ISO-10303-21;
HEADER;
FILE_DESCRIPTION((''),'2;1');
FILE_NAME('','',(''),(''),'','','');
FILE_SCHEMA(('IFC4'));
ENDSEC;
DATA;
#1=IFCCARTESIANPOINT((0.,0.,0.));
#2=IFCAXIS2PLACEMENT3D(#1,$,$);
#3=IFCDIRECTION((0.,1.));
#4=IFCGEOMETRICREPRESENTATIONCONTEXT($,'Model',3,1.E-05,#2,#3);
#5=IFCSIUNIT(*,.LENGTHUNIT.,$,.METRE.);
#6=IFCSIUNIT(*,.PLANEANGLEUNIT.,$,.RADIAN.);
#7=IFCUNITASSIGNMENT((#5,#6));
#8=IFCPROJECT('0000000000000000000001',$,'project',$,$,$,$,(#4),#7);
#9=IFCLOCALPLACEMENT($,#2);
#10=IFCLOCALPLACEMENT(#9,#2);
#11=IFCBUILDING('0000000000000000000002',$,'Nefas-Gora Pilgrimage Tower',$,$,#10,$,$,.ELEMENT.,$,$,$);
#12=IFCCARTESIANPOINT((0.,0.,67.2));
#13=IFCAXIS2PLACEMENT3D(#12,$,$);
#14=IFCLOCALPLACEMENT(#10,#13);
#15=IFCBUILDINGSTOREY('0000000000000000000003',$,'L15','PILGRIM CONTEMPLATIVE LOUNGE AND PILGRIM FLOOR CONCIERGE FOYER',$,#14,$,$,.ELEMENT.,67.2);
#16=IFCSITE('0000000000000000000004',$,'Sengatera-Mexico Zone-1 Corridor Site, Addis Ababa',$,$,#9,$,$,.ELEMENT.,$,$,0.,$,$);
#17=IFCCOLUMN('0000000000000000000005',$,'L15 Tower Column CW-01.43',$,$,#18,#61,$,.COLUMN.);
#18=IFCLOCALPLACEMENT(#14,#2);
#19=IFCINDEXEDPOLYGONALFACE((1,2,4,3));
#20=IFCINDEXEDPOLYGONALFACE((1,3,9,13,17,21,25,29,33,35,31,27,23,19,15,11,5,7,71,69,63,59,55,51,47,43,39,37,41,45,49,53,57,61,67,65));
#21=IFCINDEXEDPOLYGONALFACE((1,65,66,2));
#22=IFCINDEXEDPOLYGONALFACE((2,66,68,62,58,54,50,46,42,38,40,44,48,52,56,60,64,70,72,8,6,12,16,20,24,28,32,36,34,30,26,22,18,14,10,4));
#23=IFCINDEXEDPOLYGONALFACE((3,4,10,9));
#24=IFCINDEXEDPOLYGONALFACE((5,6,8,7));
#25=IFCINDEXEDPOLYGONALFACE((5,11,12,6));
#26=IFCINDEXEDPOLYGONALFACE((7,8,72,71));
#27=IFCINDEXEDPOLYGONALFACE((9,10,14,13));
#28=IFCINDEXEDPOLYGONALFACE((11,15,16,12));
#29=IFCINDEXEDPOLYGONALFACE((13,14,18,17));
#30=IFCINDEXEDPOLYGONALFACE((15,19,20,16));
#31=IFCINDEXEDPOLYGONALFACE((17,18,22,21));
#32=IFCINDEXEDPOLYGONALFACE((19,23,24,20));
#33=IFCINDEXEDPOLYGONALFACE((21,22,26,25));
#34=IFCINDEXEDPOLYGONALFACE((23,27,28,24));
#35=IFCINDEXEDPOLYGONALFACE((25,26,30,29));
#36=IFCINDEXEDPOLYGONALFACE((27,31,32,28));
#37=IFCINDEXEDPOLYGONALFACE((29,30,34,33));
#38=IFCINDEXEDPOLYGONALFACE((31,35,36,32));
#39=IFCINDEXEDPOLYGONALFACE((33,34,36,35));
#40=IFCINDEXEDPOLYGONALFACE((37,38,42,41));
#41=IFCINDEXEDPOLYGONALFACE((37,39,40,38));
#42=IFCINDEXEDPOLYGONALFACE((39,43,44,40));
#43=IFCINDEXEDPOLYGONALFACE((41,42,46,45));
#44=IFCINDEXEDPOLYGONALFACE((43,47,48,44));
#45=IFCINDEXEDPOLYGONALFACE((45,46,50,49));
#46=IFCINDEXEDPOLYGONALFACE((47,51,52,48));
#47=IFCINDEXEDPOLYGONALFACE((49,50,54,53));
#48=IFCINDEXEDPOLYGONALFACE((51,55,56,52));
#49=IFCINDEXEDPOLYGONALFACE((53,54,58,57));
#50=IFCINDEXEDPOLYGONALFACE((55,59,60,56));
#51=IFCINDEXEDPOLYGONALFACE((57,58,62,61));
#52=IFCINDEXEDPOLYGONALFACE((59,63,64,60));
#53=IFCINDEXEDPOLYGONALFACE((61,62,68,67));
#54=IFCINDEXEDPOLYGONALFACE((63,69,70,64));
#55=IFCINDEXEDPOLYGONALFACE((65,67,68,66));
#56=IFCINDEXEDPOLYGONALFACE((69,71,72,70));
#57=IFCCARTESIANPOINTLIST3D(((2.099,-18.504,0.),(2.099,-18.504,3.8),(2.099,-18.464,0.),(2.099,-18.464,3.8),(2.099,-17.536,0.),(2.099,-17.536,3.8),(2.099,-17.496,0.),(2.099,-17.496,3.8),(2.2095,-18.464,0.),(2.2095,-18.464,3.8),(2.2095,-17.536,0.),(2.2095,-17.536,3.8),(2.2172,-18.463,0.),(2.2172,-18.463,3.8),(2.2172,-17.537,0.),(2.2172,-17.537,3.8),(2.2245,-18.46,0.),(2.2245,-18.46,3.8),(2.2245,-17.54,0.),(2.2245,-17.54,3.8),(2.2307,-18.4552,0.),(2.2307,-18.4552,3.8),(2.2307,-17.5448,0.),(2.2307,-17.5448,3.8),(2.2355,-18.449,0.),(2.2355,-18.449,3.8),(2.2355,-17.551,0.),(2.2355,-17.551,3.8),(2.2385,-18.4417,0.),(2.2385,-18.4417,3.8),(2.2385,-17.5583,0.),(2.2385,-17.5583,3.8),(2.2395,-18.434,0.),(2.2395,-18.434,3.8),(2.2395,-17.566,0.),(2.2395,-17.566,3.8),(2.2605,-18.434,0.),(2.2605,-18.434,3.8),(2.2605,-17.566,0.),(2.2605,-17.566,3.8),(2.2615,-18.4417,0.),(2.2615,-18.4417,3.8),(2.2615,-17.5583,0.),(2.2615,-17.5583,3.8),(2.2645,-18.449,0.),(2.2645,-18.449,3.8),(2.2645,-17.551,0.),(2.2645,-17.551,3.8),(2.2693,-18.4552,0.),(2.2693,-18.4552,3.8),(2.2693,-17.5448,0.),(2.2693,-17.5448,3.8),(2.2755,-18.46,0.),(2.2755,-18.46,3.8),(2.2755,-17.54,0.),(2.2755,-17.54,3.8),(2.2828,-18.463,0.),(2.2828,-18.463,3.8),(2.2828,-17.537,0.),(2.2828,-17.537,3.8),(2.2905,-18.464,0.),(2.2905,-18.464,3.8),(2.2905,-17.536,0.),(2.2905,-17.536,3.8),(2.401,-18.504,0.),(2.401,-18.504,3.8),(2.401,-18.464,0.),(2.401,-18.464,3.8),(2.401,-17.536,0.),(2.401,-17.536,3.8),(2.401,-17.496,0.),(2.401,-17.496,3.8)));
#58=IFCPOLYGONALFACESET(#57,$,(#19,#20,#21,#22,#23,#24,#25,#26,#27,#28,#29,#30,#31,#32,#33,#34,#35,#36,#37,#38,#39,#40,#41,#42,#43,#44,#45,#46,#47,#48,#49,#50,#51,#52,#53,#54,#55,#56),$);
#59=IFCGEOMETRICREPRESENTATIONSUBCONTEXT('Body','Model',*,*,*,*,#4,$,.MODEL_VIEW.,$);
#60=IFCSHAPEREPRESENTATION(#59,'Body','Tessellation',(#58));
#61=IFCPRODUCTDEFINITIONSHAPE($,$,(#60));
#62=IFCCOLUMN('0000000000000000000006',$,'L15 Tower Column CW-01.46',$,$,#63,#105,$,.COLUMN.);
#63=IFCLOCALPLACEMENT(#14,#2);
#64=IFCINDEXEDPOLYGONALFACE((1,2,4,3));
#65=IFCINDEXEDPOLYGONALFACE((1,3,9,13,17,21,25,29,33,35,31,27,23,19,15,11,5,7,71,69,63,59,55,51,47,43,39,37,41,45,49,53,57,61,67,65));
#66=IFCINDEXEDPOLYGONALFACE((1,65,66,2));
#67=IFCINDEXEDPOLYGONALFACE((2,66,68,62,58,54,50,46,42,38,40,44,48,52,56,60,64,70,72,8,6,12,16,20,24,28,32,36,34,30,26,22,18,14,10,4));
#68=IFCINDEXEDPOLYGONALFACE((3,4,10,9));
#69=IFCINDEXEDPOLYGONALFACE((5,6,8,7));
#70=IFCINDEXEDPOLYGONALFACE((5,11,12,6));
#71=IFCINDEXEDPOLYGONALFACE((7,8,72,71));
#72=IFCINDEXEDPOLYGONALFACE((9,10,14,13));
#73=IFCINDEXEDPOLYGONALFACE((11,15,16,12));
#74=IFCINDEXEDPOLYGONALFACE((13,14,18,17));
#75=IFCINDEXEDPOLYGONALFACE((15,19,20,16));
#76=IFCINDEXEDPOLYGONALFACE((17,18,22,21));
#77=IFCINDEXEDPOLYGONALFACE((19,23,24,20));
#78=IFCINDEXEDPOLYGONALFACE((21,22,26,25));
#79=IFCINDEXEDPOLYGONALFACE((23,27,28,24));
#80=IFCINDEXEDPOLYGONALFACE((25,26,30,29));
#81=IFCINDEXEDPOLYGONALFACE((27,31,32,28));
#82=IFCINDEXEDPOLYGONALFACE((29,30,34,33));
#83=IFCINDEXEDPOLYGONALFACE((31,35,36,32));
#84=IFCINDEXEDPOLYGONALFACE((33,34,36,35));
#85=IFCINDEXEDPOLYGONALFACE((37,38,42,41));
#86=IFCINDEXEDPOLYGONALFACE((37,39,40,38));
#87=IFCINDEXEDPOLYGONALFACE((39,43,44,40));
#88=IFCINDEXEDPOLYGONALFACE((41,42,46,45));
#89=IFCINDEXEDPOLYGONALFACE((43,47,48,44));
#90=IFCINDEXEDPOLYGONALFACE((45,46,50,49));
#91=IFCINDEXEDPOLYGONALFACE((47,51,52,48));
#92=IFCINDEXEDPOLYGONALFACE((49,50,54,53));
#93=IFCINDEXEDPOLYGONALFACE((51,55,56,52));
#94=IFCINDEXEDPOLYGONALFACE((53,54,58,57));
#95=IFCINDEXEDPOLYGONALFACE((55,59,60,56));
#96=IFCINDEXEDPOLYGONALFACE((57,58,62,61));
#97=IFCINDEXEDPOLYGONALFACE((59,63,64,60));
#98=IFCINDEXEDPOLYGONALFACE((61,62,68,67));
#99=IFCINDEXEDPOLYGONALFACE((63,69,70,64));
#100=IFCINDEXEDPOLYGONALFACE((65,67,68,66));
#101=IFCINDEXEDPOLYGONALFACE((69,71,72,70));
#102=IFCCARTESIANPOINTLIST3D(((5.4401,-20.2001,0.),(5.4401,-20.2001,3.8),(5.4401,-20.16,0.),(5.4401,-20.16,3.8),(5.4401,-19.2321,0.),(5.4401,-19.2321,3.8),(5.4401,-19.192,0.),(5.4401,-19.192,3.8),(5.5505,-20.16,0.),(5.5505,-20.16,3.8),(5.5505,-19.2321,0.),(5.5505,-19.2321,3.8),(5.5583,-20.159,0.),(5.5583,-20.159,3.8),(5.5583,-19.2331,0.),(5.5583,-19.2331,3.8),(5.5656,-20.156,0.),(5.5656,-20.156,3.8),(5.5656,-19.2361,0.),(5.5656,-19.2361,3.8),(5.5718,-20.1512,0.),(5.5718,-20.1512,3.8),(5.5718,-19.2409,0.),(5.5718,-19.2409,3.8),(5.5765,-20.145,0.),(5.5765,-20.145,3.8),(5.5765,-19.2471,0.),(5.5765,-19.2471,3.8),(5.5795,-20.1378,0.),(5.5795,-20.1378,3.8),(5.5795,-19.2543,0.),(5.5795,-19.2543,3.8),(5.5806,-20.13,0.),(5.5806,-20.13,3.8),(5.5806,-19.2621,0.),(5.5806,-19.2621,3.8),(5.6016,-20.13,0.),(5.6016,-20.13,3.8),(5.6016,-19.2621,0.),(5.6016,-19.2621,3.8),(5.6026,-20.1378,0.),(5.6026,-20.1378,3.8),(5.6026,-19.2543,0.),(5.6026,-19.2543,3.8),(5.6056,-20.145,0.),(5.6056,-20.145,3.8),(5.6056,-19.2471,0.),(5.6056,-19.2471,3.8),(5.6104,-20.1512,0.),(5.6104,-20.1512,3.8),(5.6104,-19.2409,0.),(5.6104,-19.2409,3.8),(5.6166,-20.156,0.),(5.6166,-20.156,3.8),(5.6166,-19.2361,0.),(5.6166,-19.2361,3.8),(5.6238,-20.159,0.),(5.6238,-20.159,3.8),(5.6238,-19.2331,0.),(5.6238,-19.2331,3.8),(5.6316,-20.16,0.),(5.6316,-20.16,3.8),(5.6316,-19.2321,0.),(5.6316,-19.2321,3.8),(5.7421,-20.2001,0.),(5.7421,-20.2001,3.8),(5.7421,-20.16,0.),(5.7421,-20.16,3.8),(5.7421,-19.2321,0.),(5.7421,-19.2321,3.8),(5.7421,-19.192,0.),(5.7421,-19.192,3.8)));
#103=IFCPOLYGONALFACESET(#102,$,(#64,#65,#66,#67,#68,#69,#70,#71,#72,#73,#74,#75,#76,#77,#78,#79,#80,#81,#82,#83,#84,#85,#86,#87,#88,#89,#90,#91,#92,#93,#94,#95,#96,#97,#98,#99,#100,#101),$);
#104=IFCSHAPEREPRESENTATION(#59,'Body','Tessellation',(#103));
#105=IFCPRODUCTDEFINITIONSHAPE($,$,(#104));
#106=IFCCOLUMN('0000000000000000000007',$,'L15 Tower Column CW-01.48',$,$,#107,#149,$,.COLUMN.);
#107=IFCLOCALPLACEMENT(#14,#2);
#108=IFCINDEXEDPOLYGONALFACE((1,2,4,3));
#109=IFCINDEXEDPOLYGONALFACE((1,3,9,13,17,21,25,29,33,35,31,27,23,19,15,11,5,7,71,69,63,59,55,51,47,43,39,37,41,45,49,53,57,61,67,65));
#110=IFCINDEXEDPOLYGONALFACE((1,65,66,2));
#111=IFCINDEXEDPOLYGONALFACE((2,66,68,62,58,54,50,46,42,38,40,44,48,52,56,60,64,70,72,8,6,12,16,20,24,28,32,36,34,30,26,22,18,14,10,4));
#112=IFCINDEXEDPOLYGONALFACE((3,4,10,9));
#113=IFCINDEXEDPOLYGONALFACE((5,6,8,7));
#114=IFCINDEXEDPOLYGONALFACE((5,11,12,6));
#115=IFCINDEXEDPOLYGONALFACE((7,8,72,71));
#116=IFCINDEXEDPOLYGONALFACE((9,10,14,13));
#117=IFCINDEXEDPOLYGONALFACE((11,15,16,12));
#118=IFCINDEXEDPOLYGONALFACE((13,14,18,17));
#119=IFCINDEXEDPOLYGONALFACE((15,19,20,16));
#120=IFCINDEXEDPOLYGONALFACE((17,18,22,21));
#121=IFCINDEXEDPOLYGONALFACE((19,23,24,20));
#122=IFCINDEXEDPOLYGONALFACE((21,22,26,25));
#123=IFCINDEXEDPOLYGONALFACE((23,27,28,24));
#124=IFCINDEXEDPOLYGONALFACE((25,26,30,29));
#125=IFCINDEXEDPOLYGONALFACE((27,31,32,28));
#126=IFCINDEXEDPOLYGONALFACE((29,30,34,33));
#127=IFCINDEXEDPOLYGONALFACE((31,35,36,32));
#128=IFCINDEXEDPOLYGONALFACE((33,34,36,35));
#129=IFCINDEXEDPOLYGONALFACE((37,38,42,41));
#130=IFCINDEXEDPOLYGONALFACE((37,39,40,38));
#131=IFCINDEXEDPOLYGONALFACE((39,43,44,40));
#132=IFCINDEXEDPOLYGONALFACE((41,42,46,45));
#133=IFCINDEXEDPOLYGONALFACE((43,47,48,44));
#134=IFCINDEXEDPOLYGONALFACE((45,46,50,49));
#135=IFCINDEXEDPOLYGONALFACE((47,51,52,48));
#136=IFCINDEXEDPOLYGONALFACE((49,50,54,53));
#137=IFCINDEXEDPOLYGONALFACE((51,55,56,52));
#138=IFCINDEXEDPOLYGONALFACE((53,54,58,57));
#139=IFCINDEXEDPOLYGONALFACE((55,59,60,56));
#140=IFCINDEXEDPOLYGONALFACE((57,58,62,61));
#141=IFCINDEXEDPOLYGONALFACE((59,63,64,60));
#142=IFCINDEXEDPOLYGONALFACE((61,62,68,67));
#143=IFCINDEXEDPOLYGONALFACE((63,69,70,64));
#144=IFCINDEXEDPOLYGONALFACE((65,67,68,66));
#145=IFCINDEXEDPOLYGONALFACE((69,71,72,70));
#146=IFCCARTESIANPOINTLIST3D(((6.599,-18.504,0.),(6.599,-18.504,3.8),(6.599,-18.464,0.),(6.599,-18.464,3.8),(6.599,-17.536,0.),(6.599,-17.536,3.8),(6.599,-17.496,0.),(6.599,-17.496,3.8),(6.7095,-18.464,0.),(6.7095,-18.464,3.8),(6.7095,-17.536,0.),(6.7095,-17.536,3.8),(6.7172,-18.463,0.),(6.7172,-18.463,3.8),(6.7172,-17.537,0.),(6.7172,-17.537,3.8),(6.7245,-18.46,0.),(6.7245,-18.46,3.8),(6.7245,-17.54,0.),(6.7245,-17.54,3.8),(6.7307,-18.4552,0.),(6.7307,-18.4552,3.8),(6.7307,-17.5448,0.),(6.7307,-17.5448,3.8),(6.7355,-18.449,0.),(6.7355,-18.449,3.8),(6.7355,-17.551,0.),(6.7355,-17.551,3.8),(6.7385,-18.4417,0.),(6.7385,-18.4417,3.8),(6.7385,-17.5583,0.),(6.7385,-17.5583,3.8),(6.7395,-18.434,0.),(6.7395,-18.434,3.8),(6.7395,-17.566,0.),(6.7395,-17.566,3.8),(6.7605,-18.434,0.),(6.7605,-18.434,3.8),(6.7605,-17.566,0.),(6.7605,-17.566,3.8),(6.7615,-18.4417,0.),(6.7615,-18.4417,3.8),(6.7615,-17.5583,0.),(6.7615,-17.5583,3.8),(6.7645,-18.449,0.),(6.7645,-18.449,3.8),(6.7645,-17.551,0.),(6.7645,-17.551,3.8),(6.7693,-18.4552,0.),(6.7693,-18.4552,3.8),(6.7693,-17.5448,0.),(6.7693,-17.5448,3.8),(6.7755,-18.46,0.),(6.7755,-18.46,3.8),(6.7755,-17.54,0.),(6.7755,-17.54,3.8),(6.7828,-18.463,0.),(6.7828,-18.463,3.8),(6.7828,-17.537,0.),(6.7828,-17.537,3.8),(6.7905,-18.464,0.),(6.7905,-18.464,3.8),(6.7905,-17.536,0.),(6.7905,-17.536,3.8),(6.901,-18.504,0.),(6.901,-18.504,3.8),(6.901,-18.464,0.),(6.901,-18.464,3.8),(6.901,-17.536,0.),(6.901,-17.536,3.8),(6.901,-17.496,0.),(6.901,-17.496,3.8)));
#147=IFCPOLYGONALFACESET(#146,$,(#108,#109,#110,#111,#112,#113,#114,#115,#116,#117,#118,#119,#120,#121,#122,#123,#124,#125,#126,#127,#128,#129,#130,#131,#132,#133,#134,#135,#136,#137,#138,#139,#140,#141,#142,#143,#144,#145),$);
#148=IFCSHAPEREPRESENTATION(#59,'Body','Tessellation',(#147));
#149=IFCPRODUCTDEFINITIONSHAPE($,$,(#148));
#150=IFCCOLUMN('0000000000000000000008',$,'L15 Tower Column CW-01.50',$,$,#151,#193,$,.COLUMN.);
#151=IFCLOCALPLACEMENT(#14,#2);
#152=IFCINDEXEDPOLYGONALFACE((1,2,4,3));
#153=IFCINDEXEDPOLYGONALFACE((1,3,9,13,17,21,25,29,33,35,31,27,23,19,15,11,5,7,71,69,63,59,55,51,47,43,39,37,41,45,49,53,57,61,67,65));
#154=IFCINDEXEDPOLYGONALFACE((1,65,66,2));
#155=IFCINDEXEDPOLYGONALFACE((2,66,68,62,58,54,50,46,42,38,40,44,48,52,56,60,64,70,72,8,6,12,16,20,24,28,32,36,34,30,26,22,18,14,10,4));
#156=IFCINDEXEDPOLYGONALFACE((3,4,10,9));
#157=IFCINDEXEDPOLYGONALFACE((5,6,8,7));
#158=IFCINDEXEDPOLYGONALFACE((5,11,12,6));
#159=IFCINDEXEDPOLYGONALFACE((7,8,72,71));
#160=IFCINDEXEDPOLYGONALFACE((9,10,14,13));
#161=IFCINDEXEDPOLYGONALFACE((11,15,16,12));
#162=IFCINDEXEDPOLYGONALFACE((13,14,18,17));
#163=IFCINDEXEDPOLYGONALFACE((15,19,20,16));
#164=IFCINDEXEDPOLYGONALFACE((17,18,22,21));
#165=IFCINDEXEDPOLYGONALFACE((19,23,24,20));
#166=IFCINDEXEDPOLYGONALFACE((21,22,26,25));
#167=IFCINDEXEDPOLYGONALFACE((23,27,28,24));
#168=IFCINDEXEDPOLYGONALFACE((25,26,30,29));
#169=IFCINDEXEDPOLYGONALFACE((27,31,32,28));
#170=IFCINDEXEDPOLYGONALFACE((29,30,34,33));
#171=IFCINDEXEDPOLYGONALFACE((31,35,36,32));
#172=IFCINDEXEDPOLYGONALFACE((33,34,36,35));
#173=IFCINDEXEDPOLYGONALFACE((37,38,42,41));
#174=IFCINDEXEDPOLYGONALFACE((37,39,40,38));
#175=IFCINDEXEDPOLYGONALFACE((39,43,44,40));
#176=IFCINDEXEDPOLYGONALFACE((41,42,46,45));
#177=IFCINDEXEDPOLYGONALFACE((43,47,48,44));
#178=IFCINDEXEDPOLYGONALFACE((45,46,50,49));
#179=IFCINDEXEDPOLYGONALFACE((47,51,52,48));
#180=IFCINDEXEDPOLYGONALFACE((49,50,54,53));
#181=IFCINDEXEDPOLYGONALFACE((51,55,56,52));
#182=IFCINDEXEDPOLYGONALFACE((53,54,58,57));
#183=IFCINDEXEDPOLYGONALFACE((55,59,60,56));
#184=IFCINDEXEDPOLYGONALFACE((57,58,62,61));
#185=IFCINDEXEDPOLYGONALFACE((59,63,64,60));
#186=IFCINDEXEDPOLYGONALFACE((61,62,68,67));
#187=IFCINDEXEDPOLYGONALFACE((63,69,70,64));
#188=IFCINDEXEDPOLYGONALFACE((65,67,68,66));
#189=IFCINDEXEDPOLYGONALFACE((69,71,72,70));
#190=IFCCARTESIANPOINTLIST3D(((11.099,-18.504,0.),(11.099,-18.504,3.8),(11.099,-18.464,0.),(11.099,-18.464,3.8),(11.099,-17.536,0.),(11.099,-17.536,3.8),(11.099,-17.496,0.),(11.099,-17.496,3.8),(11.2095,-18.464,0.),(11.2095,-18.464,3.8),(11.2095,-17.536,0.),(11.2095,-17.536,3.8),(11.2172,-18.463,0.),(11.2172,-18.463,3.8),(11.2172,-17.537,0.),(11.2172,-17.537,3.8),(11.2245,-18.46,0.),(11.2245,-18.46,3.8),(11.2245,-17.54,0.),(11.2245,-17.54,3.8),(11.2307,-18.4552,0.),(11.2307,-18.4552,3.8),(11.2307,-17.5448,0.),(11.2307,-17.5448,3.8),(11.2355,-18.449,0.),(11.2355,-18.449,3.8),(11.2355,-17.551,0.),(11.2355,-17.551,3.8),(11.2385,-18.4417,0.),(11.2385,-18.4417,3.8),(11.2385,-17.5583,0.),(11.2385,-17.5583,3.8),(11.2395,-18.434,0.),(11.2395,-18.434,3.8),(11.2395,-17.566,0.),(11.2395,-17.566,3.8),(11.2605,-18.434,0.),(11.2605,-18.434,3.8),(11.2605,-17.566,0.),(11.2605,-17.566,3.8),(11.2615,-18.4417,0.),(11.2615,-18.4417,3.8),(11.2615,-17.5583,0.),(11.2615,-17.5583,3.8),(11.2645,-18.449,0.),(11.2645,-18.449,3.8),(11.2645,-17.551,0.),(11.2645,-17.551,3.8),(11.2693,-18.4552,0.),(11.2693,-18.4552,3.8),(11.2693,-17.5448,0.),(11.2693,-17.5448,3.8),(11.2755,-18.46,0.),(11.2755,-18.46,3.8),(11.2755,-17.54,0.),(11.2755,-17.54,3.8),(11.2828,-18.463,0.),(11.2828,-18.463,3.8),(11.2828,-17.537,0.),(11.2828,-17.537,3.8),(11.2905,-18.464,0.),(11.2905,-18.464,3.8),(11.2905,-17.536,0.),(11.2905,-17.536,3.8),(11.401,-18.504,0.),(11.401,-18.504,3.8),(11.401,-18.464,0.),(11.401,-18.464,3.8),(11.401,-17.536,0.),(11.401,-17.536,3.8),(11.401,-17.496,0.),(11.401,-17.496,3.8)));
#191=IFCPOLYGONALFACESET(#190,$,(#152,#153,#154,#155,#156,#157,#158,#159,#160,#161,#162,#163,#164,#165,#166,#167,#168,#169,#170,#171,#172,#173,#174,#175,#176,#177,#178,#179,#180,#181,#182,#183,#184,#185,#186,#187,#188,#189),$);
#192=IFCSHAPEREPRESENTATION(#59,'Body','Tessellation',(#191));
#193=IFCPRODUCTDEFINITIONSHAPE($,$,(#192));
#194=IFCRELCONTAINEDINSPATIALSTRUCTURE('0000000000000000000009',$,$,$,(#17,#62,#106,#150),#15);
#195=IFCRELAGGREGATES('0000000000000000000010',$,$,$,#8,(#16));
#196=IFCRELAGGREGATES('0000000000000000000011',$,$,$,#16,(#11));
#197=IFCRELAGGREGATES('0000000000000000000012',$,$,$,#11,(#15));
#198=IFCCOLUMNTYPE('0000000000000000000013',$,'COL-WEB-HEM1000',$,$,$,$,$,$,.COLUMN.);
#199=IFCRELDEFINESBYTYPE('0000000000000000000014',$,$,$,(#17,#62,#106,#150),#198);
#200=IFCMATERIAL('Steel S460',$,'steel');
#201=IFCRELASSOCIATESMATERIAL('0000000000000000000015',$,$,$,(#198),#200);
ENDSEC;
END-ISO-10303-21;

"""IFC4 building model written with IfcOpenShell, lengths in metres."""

from ifc_helpers import new_model, si_unit, direction, frame, origin, origin_2d, place, context, subcontext, project, spatial, i_section, extrude, source, transform, mapped, material, material_profile, profile_set, type_object, element, save


model = new_model("IFC4")

# Units and contexts
model_context = context("Model", 3, precision=1e-05, world=origin(), true_north=direction((0.0, 1.0)))
body_context = subcontext(model_context, "Body", "Model", "MODEL_VIEW")
ifc_project = project(units=[si_unit("LENGTHUNIT", "METRE"), si_unit("PLANEANGLEUNIT", "RADIAN")], contexts=[model_context])

# Site, building, storey
site_placement = place(None, origin())
site = spatial("IfcSite", under=ifc_project, at=site_placement, Name="Sengatera-Mexico Zone-1 Corridor Site, Addis Ababa", CompositionType="ELEMENT", RefElevation=0.0)
building_placement = place(site_placement, origin())
building = spatial("IfcBuilding", under=site, at=building_placement, Name="Nefas-Gora Pilgrimage Tower", CompositionType="ELEMENT")
storey_placement = place(building_placement, frame((0.0, 0.0, 67.2)))
storey = spatial("IfcBuildingStorey", under=building, at=storey_placement, Name="L15", Description="PILGRIM CONTEMPLATIVE LOUNGE AND PILGRIM FLOOR CONCIERGE FOYER", CompositionType="ELEMENT", Elevation=67.2)

# Columns
ifc_material_1 = material(Name="Steel S460", Category="steel")
ifc_material_profile_1 = material_profile(ifc_material_1, i_section(OverallWidth=0.302, OverallDepth=1.0081, WebThickness=0.021, FlangeThickness=0.04, FilletRadius=0.03, at=origin_2d()), Name="HEM 1000")
ifc_profile_set_1 = profile_set([ifc_material_profile_1], Name="Steel S460")
column_type_1 = type_object("IfcColumnType", Name="COL-WEB-HEM1000", PredefinedType="COLUMN", material=ifc_profile_set_1)
shared_shape_1 = source(origin(), body_context, "Body", "SweptSolid", [
    extrude(i_section(OverallWidth=0.302, OverallDepth=1.0081, WebThickness=0.021, FlangeThickness=0.04, FilletRadius=0.03, at=origin_2d()), origin(), (0.0, 0.0, 1.0), 3.8),
])
for number, where, z_axis, x_axis, name in (
    (1, (2.25, -18.0, 0.0), (0.0, 0.0, 1.0), (1.0, 0.0, 0.0), "L15 Tower Column CW-01.43"),
    (2, (5.5911, -19.696, 0.0), (0.0, 0.0, 1.0), (1.0, 0.0, 0.0), "L15 Tower Column CW-01.46"),
    (3, (6.75, -18.0, 0.0), (0.0, 0.0, 1.0), (1.0, 0.0, 0.0), "L15 Tower Column CW-01.48"),
    (4, (11.25, -18.0, 0.0), (0.0, 0.0, 1.0), (1.0, 0.0, 0.0), "L15 Tower Column CW-01.50"),
):
    element("IfcColumn", number, at=place(storey_placement, frame(where, z_axis=z_axis, x_axis=x_axis)), inside=storey, type_object=column_type_1, Name=name, PredefinedType="COLUMN", context=body_context, shape_type="MappedRepresentation", body=[
        mapped(shared_shape_1, transform((0.0, 0.0, 0.0), x_axis=(1.0, 0.0, 0.0), y_axis=(0.0, 1.0, 0.0), z_axis=(0.0, 0.0, 1.0), scale=1.0)),
    ])

save(model, "model.ifc")
